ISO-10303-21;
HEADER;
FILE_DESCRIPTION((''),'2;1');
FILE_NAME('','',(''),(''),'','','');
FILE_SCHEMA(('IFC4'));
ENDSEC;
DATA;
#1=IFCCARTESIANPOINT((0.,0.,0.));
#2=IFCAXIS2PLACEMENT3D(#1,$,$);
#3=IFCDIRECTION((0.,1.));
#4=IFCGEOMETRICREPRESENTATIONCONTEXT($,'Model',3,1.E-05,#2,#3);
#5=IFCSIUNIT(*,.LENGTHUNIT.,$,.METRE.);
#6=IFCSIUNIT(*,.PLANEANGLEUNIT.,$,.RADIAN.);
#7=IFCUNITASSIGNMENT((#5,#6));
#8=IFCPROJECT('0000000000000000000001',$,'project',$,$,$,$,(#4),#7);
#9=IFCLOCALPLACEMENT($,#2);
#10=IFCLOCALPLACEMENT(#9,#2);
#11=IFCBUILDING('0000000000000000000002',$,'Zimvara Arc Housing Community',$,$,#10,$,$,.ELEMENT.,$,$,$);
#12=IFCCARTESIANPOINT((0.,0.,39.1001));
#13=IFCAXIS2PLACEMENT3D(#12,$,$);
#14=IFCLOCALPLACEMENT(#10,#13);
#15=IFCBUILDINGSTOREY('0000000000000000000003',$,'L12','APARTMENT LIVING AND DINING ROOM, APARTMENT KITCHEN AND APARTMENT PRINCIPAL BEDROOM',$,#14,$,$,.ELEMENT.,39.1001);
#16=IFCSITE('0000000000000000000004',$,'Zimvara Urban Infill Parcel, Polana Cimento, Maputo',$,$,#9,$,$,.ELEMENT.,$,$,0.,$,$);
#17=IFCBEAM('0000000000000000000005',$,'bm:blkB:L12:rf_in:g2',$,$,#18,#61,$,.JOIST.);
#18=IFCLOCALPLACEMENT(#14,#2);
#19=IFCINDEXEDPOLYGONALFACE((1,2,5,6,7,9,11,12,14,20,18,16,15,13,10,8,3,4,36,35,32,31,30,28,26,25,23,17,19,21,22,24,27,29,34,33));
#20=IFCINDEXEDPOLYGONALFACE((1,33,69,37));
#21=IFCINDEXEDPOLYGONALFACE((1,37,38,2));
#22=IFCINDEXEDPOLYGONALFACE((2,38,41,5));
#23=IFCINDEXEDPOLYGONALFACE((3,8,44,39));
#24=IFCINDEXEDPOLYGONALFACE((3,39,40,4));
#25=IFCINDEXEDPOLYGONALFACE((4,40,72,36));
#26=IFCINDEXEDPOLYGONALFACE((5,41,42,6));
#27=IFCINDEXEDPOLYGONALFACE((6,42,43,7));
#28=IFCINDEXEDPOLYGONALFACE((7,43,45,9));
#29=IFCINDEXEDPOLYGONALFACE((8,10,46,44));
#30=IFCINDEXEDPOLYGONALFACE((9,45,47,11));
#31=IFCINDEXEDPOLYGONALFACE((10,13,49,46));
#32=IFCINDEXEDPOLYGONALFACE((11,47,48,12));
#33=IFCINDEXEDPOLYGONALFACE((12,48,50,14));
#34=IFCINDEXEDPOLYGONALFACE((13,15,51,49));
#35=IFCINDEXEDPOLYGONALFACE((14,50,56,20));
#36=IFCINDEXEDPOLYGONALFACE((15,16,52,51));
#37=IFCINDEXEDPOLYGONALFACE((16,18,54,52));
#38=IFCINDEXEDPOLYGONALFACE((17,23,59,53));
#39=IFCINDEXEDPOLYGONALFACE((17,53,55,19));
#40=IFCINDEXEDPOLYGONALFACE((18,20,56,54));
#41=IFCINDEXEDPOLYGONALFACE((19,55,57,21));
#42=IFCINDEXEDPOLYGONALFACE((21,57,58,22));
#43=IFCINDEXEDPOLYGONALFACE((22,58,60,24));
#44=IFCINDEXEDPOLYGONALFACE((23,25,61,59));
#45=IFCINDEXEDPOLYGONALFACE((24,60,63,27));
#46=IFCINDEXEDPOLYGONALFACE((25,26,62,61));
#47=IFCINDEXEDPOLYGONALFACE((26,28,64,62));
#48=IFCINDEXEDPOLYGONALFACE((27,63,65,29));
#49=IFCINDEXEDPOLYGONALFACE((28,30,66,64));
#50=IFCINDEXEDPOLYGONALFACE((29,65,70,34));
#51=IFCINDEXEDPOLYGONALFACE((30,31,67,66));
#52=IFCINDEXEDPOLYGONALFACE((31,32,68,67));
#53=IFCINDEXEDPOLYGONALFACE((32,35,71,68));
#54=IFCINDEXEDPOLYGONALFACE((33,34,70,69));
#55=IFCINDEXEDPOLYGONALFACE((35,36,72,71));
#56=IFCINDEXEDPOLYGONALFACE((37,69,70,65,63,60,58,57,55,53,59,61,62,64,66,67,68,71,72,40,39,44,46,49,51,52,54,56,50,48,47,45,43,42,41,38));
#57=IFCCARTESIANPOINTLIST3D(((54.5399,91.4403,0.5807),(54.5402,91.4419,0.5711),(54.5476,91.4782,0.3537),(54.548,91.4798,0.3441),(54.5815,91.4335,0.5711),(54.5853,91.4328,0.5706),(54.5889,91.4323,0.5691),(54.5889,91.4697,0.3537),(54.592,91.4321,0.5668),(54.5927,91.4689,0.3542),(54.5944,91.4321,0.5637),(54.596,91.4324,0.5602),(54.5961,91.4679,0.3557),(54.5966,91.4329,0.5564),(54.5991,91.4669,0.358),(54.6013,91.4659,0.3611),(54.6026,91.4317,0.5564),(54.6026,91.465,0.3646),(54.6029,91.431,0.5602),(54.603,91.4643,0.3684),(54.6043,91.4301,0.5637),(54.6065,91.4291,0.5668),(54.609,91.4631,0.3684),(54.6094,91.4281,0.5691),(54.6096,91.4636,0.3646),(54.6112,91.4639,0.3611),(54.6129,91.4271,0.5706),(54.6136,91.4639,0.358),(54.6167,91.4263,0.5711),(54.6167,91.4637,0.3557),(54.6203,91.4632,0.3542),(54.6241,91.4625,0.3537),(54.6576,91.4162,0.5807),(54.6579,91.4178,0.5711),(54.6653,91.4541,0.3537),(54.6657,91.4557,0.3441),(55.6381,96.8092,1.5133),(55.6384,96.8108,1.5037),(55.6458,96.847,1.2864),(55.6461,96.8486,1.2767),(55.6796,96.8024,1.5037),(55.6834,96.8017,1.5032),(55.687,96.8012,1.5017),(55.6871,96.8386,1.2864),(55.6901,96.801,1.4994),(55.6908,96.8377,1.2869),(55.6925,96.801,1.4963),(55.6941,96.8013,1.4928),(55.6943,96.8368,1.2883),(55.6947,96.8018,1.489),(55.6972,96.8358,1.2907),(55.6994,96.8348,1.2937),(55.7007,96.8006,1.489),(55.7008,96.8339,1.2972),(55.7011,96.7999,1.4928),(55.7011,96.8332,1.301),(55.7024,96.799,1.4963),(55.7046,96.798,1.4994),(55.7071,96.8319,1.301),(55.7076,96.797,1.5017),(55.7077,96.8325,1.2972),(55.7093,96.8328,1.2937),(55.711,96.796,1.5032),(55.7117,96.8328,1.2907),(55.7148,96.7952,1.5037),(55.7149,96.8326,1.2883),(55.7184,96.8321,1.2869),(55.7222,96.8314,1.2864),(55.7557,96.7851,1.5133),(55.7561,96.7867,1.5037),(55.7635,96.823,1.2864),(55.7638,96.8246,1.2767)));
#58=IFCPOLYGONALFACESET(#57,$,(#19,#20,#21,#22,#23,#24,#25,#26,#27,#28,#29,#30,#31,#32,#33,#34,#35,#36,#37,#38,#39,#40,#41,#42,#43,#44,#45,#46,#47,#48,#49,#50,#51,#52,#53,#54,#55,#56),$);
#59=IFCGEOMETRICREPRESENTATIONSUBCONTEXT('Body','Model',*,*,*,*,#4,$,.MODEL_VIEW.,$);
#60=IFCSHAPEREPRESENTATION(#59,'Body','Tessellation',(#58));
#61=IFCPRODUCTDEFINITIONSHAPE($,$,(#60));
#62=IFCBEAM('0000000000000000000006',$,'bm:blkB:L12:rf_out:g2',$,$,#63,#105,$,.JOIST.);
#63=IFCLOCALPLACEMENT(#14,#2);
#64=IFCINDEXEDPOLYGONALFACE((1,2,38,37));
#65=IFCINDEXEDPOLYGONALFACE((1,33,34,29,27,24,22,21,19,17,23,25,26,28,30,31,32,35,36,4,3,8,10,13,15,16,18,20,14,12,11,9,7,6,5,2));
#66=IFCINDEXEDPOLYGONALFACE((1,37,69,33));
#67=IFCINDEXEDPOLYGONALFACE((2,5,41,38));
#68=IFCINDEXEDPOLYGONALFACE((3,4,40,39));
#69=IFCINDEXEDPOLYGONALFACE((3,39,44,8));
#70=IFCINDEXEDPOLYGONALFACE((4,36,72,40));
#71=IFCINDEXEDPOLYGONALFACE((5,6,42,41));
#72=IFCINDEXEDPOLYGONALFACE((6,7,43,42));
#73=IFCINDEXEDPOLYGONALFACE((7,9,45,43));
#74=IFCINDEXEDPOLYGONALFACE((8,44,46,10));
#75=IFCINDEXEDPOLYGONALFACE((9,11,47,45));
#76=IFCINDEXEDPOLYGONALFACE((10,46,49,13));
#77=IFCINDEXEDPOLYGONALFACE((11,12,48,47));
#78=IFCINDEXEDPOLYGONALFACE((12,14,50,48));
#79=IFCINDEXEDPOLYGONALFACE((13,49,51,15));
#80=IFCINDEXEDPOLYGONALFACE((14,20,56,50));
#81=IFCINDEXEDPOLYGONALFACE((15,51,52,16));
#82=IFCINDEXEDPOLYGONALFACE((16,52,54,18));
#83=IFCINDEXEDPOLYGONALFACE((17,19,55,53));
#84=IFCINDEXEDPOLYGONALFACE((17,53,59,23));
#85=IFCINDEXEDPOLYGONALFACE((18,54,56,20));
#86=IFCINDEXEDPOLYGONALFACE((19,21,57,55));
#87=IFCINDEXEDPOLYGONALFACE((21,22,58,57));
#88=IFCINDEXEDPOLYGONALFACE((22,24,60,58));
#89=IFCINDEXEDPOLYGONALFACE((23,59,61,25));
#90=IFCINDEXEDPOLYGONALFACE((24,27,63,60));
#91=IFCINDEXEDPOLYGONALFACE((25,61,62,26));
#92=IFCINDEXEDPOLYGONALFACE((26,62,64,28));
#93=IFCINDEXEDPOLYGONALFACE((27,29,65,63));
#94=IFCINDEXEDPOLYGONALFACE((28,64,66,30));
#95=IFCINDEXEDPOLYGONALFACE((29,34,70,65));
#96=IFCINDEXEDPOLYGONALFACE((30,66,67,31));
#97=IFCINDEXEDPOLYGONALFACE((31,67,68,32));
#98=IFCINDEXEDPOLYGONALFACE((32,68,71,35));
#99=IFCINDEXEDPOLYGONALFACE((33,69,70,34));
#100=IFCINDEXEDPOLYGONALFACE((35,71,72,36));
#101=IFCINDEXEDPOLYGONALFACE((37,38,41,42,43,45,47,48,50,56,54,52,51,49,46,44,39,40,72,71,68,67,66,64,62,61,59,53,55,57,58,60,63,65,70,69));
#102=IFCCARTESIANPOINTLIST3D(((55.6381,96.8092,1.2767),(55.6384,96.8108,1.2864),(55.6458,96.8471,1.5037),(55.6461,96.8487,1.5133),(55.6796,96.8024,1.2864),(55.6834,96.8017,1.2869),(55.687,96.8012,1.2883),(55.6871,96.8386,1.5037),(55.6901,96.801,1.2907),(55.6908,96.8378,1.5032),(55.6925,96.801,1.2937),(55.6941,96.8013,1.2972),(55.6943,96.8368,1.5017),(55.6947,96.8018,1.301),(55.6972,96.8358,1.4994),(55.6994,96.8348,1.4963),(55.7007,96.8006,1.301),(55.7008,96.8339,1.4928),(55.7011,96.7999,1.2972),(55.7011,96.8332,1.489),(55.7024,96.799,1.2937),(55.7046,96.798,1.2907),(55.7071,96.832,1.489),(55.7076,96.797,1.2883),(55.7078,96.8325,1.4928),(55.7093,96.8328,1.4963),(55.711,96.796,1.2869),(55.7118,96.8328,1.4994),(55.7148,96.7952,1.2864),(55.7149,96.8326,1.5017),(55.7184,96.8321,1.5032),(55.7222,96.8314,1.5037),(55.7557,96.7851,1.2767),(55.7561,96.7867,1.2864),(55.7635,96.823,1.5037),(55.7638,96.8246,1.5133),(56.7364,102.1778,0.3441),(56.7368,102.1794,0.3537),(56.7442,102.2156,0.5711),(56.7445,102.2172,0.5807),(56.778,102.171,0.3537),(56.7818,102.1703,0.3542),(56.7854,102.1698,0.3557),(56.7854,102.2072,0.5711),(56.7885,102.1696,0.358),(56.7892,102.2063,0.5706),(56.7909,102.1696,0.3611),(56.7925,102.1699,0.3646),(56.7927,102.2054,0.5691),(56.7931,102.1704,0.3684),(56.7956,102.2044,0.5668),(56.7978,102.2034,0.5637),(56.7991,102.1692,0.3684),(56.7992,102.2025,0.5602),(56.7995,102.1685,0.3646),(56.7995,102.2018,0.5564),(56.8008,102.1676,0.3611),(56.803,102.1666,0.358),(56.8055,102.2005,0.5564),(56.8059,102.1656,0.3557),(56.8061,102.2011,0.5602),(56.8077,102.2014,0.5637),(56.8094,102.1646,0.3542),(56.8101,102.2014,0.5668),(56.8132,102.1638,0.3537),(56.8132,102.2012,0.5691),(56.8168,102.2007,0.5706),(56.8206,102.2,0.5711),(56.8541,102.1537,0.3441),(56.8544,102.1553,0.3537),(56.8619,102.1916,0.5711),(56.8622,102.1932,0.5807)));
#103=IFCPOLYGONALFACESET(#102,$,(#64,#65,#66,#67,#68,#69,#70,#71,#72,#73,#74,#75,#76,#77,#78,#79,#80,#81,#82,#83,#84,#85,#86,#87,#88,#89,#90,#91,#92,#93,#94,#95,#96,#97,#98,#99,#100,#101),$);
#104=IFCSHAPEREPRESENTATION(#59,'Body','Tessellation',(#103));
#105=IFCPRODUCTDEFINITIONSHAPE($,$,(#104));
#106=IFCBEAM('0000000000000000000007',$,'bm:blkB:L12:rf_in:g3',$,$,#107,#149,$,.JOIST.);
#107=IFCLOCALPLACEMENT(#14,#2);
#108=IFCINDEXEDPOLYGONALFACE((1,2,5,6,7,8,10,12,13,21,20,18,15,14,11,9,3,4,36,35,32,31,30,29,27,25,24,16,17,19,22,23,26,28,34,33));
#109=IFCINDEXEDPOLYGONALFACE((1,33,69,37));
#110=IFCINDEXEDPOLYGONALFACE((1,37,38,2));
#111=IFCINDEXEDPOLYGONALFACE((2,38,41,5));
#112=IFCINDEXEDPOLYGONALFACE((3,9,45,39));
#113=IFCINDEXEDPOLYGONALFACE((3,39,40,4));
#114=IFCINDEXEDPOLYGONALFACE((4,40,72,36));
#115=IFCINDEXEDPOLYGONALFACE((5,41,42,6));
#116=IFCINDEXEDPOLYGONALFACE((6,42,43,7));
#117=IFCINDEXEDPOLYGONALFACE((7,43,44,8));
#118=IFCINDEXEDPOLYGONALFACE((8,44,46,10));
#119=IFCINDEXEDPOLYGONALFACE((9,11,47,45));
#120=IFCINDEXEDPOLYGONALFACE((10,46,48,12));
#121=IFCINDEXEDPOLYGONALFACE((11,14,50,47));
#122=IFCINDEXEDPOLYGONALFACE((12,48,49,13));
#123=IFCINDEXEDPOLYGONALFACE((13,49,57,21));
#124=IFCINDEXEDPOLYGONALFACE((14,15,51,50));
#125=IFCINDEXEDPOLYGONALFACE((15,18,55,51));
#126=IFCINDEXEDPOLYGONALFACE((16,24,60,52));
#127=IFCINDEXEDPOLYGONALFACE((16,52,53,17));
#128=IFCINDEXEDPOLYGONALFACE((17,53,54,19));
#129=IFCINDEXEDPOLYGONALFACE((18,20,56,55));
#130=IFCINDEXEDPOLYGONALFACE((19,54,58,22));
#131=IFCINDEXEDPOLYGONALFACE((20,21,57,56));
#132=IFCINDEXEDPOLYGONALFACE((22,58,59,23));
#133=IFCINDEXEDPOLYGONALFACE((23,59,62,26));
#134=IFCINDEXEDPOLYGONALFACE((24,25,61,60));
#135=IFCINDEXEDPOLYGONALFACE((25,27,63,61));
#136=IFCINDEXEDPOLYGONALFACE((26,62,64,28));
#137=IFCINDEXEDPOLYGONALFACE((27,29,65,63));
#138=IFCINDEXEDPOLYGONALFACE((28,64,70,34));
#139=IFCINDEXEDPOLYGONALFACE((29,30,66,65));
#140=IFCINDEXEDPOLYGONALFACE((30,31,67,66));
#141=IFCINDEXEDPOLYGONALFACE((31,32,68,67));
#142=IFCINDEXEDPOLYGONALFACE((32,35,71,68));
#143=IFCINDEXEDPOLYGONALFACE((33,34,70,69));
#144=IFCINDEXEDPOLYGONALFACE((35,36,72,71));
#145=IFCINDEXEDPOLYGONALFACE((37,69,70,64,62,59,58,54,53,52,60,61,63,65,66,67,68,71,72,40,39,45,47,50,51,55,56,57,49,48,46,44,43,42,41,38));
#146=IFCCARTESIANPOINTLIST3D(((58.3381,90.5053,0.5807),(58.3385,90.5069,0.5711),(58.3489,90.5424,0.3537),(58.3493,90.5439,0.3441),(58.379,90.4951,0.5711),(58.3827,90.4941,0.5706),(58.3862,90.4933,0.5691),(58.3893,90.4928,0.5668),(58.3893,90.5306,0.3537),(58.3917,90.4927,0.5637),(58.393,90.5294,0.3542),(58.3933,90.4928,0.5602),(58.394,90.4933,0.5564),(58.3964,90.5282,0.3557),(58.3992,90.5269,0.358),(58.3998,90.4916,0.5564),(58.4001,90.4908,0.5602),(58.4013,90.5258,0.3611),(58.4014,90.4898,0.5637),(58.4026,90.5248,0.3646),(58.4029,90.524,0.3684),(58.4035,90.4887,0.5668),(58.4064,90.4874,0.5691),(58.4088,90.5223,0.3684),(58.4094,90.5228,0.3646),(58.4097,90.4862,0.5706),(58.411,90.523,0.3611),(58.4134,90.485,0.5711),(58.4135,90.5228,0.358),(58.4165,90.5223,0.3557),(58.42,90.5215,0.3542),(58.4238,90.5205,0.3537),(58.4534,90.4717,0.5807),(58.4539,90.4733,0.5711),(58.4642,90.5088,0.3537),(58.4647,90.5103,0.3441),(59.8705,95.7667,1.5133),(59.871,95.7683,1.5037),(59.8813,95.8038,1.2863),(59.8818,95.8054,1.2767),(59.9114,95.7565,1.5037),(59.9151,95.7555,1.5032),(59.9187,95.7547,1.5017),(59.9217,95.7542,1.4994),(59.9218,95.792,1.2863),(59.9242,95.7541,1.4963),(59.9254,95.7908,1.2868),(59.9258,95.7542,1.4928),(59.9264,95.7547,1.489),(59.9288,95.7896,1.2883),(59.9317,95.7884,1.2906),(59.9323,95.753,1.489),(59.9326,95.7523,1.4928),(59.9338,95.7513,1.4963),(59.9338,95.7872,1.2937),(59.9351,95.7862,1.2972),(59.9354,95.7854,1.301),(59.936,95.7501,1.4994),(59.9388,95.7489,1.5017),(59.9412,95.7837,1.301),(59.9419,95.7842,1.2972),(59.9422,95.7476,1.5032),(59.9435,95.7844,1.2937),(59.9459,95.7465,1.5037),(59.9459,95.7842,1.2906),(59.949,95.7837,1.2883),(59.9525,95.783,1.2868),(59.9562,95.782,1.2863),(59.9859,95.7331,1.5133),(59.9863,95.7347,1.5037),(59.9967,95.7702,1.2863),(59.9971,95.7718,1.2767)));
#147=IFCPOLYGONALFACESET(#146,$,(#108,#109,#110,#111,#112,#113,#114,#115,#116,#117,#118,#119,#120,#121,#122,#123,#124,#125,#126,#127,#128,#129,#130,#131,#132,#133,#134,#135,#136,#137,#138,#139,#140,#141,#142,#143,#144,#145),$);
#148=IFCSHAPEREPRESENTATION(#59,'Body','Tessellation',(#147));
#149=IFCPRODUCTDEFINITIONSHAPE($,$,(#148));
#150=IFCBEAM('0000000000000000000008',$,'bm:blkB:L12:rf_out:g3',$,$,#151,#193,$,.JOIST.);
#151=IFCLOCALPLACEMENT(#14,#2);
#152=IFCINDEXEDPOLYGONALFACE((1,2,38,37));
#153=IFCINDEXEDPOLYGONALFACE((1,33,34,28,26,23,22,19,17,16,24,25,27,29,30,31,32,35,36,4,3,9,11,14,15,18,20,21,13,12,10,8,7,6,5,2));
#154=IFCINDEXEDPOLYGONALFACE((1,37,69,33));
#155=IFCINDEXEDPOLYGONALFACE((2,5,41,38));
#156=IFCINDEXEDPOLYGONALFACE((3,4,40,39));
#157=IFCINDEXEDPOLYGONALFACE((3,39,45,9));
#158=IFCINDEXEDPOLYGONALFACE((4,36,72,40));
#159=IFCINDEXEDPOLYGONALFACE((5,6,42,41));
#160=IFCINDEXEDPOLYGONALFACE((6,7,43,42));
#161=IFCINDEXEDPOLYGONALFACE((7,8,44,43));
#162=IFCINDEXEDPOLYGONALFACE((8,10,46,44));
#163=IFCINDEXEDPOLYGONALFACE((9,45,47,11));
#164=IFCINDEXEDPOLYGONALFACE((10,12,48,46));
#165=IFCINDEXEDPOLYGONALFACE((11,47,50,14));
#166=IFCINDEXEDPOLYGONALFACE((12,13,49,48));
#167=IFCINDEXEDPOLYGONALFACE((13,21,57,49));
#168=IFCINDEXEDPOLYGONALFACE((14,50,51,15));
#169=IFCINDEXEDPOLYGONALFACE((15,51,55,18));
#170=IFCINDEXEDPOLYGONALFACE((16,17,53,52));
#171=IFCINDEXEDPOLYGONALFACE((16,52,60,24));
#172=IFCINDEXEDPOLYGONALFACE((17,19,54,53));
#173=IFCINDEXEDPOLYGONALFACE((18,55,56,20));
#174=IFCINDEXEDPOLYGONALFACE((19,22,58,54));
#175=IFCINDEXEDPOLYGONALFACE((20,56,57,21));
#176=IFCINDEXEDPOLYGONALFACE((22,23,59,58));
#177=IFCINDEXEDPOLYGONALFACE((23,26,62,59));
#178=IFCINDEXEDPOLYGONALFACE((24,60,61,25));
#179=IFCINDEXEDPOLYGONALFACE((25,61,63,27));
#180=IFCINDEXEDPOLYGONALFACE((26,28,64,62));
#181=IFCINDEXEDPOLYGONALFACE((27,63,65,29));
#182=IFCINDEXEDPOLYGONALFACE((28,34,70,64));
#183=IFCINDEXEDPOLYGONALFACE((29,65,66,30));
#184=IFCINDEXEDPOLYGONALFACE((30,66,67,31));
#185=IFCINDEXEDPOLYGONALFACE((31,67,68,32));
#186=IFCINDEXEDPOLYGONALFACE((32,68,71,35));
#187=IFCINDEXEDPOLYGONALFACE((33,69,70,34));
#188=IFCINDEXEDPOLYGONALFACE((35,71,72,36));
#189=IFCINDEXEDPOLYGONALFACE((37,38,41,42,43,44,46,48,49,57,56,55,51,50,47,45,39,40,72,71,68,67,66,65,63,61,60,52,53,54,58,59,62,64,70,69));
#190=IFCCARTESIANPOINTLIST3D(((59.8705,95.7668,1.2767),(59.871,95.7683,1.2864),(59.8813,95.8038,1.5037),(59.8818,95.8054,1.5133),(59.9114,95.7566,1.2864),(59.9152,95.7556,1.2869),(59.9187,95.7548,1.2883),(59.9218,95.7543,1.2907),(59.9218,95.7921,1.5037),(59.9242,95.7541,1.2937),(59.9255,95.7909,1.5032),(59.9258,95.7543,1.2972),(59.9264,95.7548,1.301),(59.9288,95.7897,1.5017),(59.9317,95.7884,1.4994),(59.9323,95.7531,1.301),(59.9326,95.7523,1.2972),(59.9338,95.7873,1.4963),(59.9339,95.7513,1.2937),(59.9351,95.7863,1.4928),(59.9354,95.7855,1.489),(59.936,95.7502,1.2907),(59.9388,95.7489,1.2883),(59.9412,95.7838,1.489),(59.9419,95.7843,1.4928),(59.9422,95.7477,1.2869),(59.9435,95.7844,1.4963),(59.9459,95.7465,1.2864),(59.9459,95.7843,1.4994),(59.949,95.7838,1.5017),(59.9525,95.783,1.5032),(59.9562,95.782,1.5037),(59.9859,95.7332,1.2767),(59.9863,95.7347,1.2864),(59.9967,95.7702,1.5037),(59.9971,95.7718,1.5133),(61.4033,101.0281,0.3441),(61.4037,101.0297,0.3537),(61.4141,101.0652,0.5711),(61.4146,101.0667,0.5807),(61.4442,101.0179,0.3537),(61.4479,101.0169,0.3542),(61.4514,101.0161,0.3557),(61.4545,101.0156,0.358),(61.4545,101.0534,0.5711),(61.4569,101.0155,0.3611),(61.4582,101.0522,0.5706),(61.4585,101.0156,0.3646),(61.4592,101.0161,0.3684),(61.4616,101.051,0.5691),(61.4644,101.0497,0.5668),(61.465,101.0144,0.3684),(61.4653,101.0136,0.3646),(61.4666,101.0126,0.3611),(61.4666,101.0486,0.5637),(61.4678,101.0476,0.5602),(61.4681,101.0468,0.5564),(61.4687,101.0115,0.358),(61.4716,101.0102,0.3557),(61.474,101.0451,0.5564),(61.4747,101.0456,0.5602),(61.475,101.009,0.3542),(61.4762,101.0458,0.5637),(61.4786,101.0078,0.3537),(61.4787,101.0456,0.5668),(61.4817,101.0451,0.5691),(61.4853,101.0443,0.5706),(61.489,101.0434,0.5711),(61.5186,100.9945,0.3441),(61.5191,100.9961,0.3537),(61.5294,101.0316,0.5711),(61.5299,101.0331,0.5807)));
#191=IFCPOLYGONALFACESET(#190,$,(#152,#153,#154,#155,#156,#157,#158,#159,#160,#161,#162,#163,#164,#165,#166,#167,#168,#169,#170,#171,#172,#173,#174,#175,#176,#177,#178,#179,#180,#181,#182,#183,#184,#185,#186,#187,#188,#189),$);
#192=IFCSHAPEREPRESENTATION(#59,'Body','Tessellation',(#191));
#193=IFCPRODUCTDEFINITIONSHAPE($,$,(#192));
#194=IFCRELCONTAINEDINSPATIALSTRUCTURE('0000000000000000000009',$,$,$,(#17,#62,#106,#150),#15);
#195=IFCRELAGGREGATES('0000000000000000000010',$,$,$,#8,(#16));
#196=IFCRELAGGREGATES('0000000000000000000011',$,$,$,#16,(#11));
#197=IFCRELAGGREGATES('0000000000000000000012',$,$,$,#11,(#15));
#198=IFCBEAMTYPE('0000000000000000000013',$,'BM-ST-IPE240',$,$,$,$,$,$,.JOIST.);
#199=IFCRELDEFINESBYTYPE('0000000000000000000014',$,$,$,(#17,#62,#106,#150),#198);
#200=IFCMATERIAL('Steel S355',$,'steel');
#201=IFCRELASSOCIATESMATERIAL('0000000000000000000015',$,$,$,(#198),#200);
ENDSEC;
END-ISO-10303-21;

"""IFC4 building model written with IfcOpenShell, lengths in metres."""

from ifc_helpers import new_model, si_unit, direction, frame, origin, origin_2d, place, context, subcontext, project, spatial, i_section, extrude, material, material_profile, profile_set, type_object, element, save


model = new_model("IFC4")

# Units and contexts
model_context = context("Model", 3, precision=1e-05, world=origin(), true_north=direction((0.0, 1.0)))
body_context = subcontext(model_context, "Body", "Model", "MODEL_VIEW")
ifc_project = project(units=[si_unit("LENGTHUNIT", "METRE"), si_unit("PLANEANGLEUNIT", "RADIAN")], contexts=[model_context])

# Site, building, storey
site_placement = place(None, origin())
site = spatial("IfcSite", under=ifc_project, at=site_placement, Name="Zimvara Urban Infill Parcel, Polana Cimento, Maputo", CompositionType="ELEMENT", RefElevation=0.0)
building_placement = place(site_placement, origin())
building = spatial("IfcBuilding", under=site, at=building_placement, Name="Zimvara Arc Housing Community", CompositionType="ELEMENT")
storey_placement = place(building_placement, frame((0.0, 0.0, 39.1001)))
storey = spatial("IfcBuildingStorey", under=building, at=storey_placement, Name="L12", Description="APARTMENT LIVING AND DINING ROOM, APARTMENT KITCHEN AND APARTMENT PRINCIPAL BEDROOM", CompositionType="ELEMENT", Elevation=39.1001)

# Beams
ifc_material_1 = material(Name="Steel S355", Category="steel")
ifc_material_profile_1 = material_profile(ifc_material_1, i_section(OverallWidth=0.1201, OverallDepth=0.24, WebThickness=0.0061, FlangeThickness=0.0098, FilletRadius=0.0149, at=origin_2d()), Name="IPE 240")
ifc_profile_set_1 = profile_set([ifc_material_profile_1], Name="Steel S355")
beam_type_1 = type_object("IfcBeamType", Name="BM-ST-IPE240", PredefinedType="JOIST", material=ifc_profile_set_1)
for number, where, z_axis, x_axis, name in (
    (1, (54.6028, 91.448, 0.4624), (0.197549, 0.96583, 0.167772), (-0.979716, 0.200389, 0.0), "bm:blkB:L12:rf_in:g2"),
):
    element("IfcBeam", number, at=place(storey_placement, frame(where, z_axis=z_axis, x_axis=x_axis)), inside=storey, type_object=beam_type_1, Name=name, PredefinedType="JOIST", context=body_context, shape_type="SweptSolid", body=[
        extrude(i_section(OverallWidth=0.1201, OverallDepth=0.24, WebThickness=0.0061, FlangeThickness=0.0098, FilletRadius=0.0149, at=origin_2d()), origin(), (0.0, 0.0, 1.0), 5.5588),
    ])
beam_1_placement = place(storey_placement, frame((55.7009, 96.8169, 1.395), z_axis=(0.1976, 0.965818, -0.167777), x_axis=(-0.979706, 0.200441, 0.0)))
element("IfcBeam", 2, at=beam_1_placement, inside=storey, type_object=beam_type_1, Name="bm:blkB:L12:rf_out:g2", PredefinedType="JOIST", context=body_context, shape_type="SweptSolid", body=[
    extrude(i_section(OverallWidth=0.1201, OverallDepth=0.24, WebThickness=0.0061, FlangeThickness=0.0098, FilletRadius=0.0149, at=origin_2d()), origin(), (0.0, 0.0, 1.0), 5.5586),
])
for number, where, z_axis, x_axis, name in (
    (3, (58.4014, 90.5078, 0.4624), (0.275679, 0.946496, 0.16777), (-0.960104, 0.279642, 0.0), "bm:blkB:L12:rf_in:g3"),
    (4, (59.9338, 95.7693, 1.395), (0.275731, 0.94648, -0.167775), (-0.960089, 0.279695, 0.0), "bm:blkB:L12:rf_out:g3"),
):
    element("IfcBeam", number, at=place(storey_placement, frame(where, z_axis=z_axis, x_axis=x_axis)), inside=storey, type_object=beam_type_1, Name=name, PredefinedType="JOIST", context=body_context, shape_type="SweptSolid", body=[
        extrude(i_section(OverallWidth=0.1201, OverallDepth=0.24, WebThickness=0.0061, FlangeThickness=0.0098, FilletRadius=0.0149, at=origin_2d()), origin(), (0.0, 0.0, 1.0), 5.5588),
    ])

save(model, "model.ifc")
